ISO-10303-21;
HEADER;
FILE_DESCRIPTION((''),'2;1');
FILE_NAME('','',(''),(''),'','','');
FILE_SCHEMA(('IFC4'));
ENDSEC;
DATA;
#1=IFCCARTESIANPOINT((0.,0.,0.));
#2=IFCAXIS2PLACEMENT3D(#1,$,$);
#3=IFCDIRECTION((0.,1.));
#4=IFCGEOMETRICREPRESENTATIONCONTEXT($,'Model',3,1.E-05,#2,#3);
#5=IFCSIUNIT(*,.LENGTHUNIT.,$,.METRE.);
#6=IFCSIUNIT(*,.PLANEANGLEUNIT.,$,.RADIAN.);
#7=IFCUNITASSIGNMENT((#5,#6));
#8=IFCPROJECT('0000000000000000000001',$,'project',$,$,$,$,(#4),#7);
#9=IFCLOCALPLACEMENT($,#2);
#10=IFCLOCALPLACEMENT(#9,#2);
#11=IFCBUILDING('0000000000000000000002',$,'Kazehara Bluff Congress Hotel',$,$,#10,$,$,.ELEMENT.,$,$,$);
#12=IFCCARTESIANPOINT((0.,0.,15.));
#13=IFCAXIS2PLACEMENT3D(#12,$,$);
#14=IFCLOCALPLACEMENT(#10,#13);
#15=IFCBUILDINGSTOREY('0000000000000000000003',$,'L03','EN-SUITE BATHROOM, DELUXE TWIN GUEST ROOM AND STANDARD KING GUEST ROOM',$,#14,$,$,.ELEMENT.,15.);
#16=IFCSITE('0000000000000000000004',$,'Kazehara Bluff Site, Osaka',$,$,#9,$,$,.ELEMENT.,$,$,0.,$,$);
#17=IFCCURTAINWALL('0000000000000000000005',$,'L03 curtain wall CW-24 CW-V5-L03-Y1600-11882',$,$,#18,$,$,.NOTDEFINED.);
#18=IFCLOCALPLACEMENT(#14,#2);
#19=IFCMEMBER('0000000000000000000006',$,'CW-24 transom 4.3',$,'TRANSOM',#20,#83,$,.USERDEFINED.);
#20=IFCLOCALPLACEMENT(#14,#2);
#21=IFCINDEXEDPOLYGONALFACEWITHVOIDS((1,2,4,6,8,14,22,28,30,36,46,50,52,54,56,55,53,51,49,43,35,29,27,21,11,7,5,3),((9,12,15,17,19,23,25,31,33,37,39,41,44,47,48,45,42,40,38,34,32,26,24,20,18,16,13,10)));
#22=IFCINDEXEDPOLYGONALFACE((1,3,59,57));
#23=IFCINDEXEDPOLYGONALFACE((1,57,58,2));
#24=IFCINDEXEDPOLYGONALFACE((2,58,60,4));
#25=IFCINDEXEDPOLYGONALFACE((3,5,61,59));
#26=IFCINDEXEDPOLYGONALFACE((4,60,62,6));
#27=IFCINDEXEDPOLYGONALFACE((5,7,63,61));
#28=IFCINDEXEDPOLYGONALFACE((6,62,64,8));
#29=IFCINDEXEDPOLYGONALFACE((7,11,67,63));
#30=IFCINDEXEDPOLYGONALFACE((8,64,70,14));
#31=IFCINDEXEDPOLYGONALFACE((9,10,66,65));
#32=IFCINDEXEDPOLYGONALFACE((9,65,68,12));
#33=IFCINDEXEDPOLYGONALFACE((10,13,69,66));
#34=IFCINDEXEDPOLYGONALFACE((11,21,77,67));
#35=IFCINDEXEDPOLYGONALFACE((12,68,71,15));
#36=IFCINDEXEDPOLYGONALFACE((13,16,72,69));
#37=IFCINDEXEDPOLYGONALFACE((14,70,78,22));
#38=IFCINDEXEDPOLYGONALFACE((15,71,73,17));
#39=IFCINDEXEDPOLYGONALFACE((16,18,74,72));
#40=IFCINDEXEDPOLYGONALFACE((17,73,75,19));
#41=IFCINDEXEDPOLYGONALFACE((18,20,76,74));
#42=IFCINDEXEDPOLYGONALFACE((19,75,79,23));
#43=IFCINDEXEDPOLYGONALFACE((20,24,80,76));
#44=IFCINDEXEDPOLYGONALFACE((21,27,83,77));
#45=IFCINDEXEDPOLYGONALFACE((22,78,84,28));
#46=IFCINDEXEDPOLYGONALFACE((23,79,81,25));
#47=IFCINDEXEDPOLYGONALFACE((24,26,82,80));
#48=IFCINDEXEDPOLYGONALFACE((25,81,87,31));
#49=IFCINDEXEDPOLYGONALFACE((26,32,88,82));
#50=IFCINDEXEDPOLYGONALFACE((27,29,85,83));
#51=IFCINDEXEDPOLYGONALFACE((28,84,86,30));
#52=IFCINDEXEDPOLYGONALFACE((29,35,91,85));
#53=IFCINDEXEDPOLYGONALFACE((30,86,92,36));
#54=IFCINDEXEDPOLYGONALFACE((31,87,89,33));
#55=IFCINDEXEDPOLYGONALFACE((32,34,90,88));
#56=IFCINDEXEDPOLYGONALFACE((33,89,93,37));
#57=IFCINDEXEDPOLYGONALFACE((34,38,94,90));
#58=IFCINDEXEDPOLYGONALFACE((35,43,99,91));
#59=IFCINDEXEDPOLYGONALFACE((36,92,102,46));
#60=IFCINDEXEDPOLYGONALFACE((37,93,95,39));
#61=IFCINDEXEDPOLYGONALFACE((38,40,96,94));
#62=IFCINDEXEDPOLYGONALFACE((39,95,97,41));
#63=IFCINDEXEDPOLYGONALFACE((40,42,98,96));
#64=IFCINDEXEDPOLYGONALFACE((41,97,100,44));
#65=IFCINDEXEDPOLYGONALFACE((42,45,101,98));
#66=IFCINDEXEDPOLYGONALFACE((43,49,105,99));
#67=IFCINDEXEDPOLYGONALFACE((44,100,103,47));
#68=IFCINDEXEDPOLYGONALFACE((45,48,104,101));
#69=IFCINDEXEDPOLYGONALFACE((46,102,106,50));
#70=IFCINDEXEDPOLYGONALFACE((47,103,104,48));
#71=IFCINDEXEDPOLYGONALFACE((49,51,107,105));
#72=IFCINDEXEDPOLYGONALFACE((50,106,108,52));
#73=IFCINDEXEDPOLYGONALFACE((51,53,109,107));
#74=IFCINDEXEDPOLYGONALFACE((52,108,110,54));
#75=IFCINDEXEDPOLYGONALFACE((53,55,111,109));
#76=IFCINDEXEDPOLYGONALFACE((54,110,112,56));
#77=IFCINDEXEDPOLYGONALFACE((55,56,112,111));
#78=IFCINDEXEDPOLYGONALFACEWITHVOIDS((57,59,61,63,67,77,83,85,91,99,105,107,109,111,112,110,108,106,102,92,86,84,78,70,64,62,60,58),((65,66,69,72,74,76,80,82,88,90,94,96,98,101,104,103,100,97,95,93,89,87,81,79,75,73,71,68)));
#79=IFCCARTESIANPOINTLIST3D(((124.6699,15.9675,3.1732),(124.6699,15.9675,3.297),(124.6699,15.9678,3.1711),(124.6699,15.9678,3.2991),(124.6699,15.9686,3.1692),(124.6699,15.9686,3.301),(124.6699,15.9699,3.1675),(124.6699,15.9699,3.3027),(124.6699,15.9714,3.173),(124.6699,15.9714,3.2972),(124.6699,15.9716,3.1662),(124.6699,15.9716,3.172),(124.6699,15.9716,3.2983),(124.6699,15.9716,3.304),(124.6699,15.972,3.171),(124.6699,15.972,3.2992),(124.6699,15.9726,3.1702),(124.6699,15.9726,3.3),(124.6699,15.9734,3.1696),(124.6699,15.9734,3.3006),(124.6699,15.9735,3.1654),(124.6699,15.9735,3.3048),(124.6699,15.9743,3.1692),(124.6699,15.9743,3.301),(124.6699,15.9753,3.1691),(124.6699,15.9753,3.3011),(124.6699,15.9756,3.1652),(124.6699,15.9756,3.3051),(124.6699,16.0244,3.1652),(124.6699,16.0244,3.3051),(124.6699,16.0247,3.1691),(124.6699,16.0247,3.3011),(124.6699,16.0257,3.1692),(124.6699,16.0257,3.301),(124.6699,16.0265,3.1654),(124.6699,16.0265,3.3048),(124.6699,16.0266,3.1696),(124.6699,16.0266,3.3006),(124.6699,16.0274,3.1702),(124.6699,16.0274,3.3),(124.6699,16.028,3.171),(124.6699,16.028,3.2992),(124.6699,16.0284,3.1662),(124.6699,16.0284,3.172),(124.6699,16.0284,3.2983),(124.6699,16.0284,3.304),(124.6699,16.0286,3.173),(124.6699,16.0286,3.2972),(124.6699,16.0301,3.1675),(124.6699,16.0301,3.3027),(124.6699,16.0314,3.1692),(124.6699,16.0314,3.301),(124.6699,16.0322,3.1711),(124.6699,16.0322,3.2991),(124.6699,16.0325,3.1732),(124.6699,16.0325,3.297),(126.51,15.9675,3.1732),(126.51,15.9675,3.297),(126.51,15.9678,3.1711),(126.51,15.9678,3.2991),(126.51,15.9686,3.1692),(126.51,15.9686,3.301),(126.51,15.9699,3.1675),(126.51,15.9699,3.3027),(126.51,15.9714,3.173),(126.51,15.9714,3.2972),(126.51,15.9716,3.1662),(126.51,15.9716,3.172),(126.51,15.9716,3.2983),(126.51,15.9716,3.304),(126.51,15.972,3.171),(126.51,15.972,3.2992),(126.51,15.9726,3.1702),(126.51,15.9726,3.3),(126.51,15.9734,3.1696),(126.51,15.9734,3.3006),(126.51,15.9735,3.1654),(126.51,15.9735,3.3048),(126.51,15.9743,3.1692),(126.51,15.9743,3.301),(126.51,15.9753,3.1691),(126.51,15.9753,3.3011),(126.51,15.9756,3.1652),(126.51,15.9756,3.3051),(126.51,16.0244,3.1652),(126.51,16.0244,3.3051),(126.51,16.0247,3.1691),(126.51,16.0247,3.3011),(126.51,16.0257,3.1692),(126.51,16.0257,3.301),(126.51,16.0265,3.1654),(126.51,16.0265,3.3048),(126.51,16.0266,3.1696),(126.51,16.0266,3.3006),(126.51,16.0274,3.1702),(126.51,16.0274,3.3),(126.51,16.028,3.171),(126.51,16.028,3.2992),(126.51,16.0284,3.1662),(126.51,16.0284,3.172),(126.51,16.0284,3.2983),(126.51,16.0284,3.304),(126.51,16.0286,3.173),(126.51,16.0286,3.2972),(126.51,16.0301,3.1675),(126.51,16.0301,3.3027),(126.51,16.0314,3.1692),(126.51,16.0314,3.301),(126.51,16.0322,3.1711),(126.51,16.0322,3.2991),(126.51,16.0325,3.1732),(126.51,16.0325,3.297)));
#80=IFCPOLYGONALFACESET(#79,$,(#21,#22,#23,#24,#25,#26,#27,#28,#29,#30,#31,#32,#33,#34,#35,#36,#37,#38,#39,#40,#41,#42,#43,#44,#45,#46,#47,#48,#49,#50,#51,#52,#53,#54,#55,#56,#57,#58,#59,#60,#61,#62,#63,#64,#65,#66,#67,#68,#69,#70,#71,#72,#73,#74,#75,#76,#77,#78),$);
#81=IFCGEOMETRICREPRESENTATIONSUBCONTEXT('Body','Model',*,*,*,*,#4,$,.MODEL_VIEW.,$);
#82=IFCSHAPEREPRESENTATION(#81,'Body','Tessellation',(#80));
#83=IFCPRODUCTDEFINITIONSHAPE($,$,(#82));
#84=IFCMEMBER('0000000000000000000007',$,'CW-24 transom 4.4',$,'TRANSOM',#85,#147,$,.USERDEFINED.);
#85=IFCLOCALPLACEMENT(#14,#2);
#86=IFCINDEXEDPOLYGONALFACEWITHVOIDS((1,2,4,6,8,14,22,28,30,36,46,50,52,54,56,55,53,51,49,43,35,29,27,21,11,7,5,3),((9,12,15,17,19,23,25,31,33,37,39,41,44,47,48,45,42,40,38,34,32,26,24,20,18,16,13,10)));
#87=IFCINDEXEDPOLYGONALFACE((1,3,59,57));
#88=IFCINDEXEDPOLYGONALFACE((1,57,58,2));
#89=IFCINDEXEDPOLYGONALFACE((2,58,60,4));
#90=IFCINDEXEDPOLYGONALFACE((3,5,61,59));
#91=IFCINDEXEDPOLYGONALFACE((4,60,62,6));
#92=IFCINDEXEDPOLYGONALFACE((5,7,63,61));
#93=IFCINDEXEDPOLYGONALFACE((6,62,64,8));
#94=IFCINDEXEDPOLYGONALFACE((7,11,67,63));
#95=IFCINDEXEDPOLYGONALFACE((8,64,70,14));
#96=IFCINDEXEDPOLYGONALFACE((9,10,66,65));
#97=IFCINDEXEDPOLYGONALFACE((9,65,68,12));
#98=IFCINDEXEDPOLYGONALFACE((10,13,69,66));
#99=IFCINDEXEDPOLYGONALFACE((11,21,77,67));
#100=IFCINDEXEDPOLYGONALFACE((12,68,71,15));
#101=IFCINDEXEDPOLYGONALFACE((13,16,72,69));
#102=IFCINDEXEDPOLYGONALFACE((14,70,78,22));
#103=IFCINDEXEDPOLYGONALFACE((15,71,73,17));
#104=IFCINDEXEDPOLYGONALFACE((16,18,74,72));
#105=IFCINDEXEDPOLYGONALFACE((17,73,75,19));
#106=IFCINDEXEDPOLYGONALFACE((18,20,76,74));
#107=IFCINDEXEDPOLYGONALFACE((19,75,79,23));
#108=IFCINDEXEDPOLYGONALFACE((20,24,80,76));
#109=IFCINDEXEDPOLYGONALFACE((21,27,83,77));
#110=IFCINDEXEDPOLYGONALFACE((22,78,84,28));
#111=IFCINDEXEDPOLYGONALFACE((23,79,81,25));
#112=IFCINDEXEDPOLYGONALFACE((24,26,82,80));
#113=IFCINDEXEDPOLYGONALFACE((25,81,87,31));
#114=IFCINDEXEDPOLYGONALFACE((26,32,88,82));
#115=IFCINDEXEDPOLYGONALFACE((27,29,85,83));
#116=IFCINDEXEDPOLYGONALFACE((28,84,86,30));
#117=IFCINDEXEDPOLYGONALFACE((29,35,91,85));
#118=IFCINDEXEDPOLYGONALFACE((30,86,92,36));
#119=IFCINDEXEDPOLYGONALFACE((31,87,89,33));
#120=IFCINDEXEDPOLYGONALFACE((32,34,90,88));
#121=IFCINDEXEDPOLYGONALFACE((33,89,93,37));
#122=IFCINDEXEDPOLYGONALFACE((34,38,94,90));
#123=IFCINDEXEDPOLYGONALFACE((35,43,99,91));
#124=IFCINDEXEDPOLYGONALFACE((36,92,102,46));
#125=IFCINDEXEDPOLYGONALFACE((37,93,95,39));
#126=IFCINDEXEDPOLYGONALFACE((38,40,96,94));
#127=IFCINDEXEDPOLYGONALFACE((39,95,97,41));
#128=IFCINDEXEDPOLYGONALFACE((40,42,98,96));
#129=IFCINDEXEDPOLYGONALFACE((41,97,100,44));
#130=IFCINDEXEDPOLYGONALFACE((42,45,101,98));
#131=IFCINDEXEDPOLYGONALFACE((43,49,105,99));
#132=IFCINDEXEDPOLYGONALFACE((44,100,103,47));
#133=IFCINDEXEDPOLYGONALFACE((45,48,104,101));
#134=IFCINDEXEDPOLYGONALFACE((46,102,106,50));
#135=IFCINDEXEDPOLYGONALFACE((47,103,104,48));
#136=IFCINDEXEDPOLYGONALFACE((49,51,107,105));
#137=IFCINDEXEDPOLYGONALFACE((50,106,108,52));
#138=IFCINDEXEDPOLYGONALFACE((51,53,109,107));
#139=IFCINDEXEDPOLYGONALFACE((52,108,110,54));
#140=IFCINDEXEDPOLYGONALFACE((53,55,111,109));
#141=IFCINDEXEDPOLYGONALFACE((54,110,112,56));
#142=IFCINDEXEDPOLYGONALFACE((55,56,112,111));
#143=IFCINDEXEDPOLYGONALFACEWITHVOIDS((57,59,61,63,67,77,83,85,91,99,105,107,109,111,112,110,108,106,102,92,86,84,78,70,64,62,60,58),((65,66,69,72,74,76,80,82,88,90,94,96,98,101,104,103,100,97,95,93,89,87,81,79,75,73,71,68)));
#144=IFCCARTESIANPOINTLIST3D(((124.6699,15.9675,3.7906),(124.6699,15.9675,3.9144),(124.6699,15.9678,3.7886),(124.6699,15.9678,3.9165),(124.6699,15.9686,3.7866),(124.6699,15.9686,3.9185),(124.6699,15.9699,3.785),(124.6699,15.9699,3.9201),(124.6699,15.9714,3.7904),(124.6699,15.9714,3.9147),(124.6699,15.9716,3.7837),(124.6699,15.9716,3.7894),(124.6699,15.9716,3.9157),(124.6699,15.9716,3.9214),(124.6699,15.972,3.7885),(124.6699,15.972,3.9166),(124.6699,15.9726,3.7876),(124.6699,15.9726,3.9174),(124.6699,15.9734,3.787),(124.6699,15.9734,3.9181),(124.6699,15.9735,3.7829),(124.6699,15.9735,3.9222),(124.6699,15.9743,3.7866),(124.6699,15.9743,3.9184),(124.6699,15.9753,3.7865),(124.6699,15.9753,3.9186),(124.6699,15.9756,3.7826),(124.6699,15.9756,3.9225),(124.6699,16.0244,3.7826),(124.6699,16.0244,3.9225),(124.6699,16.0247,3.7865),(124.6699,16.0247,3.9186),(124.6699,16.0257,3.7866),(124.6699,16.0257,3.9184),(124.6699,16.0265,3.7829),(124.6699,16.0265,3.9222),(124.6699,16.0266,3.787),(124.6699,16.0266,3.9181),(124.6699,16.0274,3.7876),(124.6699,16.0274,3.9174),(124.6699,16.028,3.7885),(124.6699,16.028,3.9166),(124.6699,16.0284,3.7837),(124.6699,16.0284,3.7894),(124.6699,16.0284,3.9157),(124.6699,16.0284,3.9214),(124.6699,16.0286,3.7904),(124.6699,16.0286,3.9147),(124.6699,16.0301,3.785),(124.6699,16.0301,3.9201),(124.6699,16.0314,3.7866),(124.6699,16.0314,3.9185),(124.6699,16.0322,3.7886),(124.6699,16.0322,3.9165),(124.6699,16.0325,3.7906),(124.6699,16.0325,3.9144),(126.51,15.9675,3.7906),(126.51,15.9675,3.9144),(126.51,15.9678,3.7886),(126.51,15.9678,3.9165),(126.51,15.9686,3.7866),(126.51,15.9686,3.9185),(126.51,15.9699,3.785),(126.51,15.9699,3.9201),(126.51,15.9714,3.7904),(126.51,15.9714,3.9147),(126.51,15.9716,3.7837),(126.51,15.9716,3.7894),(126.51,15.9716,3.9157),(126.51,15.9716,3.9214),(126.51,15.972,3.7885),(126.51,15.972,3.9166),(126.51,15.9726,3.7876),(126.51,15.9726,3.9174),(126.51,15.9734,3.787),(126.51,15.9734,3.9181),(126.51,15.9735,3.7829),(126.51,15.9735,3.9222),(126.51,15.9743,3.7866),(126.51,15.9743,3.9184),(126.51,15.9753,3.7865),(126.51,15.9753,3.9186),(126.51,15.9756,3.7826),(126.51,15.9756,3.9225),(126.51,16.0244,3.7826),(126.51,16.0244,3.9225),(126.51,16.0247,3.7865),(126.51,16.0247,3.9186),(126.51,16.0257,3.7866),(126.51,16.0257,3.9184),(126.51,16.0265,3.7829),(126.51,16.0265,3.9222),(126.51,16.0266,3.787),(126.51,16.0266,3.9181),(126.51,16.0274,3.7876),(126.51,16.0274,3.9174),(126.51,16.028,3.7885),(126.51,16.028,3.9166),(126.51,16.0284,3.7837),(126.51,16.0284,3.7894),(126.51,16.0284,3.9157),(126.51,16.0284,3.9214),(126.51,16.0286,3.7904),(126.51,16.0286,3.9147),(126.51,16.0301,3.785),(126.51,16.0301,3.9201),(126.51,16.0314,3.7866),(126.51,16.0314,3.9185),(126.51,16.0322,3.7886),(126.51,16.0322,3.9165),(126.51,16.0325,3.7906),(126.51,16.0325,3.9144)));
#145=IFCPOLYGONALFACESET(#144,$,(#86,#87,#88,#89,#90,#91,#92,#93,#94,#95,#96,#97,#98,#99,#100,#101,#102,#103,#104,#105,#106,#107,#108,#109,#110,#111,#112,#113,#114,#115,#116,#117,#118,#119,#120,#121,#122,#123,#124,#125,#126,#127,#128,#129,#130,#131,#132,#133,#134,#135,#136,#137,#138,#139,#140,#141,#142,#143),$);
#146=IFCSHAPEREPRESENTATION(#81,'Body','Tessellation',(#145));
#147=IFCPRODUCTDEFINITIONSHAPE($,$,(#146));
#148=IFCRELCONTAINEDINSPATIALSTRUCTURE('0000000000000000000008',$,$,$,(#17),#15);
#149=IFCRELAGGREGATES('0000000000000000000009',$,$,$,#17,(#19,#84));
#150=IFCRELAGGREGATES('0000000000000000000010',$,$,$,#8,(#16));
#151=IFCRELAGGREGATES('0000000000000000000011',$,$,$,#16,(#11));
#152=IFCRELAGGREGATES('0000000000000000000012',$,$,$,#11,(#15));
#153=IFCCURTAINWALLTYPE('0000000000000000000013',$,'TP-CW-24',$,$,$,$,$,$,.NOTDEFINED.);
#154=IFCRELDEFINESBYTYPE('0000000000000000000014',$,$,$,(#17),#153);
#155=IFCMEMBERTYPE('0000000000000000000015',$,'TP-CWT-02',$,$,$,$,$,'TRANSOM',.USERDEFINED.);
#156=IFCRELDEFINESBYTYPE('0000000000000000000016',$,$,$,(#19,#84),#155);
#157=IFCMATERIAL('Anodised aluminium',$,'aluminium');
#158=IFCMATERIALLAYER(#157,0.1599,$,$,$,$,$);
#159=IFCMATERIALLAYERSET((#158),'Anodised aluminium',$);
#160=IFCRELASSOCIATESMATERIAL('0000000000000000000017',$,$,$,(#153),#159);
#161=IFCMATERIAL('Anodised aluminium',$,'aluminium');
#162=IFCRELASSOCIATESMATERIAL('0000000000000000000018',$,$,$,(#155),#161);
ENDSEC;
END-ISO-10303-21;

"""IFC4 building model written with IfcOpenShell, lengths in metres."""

from ifc_helpers import new_model, si_unit, direction, frame, origin, origin_2d, place, context, subcontext, project, spatial, hollow_rectangle, extrude, material, layer, layer_set, material_profile, profile_set, type_object, element, aggregate, save


model = new_model("IFC4")

# Units and contexts
model_context = context("Model", 3, precision=1e-05, world=origin(), true_north=direction((0.0, 1.0)))
body_context = subcontext(model_context, "Body", "Model", "MODEL_VIEW")
ifc_project = project(units=[si_unit("LENGTHUNIT", "METRE"), si_unit("PLANEANGLEUNIT", "RADIAN")], contexts=[model_context])

# Site, building, storey
site_placement = place(None, origin())
site = spatial("IfcSite", under=ifc_project, at=site_placement, Name="Kazehara Bluff Site, Osaka", CompositionType="ELEMENT", RefElevation=0.0)
building_placement = place(site_placement, origin())
building = spatial("IfcBuilding", under=site, at=building_placement, Name="Kazehara Bluff Congress Hotel", CompositionType="ELEMENT")
storey_placement = place(building_placement, frame((0.0, 0.0, 15.0)))
storey = spatial("IfcBuildingStorey", under=building, at=storey_placement, Name="L03", Description="EN-SUITE BATHROOM, DELUXE TWIN GUEST ROOM AND STANDARD KING GUEST ROOM", CompositionType="ELEMENT", Elevation=15.0)

# Curtain wall
ifc_material_1 = material(Name="Anodised aluminium", Category="aluminium")
ifc_layer_1 = layer(ifc_material_1, 0.1599)
ifc_layer_set_1 = layer_set([ifc_layer_1], Name="Anodised aluminium")
curtain_wall_type = type_object("IfcCurtainWallType", Name="TP-CW-24", PredefinedType="NOTDEFINED", material=ifc_layer_set_1)
curtain_wall_1_placement = place(storey_placement, origin())
curtain_wall_1 = element("IfcCurtainWall", 1, at=curtain_wall_1_placement, inside=storey, type_object=curtain_wall_type, Name="L03 curtain wall CW-24 CW-V5-L03-Y1600-11882", PredefinedType="NOTDEFINED")

# Members
ifc_material_2 = material(Name="Anodised aluminium", Category="aluminium")
ifc_material_profile_1 = material_profile(ifc_material_2, hollow_rectangle(XDim=0.0649, YDim=0.1399, WallThickness=0.0039, InnerFilletRadius=0.0039, OuterFilletRadius=0.0081, at=origin_2d()))
ifc_profile_set_1 = profile_set([ifc_material_profile_1], Name="Anodised aluminium")
member_type_1 = type_object("IfcMemberType", Name="TP-CWT-02", ElementType="TRANSOM", PredefinedType="USERDEFINED", material=ifc_profile_set_1)
member_1_placement = place(storey_placement, frame((124.6699, 16.0, 3.2351), z_axis=(1.0, 0.0, 0.0), x_axis=(0.0, 1.0, 0.0)))
member_1 = element("IfcMember", 2, at=member_1_placement, type_object=member_type_1, Name="CW-24 transom 4.3", ObjectType="TRANSOM", PredefinedType="USERDEFINED", context=body_context, shape_type="SweptSolid", body=[
    extrude(hollow_rectangle(XDim=0.0649, YDim=0.1399, WallThickness=0.0039, InnerFilletRadius=0.0039, OuterFilletRadius=0.0081, at=origin_2d()), origin(), (0.0, 0.0, 1.0), 1.8401),
])
member_2_placement = place(storey_placement, frame((124.6699, 16.0, 3.8525), z_axis=(1.0, 0.0, 0.0), x_axis=(0.0, 1.0, 0.0)))
member_2 = element("IfcMember", 3, at=member_2_placement, type_object=member_type_1, Name="CW-24 transom 4.4", ObjectType="TRANSOM", PredefinedType="USERDEFINED", context=body_context, shape_type="SweptSolid", body=[
    extrude(hollow_rectangle(XDim=0.0649, YDim=0.1399, WallThickness=0.0039, InnerFilletRadius=0.0039, OuterFilletRadius=0.0081, at=origin_2d()), origin(), (0.0, 0.0, 1.0), 1.8401),
])

aggregate(curtain_wall_1, [member_1, member_2])

save(model, "model.ifc")
